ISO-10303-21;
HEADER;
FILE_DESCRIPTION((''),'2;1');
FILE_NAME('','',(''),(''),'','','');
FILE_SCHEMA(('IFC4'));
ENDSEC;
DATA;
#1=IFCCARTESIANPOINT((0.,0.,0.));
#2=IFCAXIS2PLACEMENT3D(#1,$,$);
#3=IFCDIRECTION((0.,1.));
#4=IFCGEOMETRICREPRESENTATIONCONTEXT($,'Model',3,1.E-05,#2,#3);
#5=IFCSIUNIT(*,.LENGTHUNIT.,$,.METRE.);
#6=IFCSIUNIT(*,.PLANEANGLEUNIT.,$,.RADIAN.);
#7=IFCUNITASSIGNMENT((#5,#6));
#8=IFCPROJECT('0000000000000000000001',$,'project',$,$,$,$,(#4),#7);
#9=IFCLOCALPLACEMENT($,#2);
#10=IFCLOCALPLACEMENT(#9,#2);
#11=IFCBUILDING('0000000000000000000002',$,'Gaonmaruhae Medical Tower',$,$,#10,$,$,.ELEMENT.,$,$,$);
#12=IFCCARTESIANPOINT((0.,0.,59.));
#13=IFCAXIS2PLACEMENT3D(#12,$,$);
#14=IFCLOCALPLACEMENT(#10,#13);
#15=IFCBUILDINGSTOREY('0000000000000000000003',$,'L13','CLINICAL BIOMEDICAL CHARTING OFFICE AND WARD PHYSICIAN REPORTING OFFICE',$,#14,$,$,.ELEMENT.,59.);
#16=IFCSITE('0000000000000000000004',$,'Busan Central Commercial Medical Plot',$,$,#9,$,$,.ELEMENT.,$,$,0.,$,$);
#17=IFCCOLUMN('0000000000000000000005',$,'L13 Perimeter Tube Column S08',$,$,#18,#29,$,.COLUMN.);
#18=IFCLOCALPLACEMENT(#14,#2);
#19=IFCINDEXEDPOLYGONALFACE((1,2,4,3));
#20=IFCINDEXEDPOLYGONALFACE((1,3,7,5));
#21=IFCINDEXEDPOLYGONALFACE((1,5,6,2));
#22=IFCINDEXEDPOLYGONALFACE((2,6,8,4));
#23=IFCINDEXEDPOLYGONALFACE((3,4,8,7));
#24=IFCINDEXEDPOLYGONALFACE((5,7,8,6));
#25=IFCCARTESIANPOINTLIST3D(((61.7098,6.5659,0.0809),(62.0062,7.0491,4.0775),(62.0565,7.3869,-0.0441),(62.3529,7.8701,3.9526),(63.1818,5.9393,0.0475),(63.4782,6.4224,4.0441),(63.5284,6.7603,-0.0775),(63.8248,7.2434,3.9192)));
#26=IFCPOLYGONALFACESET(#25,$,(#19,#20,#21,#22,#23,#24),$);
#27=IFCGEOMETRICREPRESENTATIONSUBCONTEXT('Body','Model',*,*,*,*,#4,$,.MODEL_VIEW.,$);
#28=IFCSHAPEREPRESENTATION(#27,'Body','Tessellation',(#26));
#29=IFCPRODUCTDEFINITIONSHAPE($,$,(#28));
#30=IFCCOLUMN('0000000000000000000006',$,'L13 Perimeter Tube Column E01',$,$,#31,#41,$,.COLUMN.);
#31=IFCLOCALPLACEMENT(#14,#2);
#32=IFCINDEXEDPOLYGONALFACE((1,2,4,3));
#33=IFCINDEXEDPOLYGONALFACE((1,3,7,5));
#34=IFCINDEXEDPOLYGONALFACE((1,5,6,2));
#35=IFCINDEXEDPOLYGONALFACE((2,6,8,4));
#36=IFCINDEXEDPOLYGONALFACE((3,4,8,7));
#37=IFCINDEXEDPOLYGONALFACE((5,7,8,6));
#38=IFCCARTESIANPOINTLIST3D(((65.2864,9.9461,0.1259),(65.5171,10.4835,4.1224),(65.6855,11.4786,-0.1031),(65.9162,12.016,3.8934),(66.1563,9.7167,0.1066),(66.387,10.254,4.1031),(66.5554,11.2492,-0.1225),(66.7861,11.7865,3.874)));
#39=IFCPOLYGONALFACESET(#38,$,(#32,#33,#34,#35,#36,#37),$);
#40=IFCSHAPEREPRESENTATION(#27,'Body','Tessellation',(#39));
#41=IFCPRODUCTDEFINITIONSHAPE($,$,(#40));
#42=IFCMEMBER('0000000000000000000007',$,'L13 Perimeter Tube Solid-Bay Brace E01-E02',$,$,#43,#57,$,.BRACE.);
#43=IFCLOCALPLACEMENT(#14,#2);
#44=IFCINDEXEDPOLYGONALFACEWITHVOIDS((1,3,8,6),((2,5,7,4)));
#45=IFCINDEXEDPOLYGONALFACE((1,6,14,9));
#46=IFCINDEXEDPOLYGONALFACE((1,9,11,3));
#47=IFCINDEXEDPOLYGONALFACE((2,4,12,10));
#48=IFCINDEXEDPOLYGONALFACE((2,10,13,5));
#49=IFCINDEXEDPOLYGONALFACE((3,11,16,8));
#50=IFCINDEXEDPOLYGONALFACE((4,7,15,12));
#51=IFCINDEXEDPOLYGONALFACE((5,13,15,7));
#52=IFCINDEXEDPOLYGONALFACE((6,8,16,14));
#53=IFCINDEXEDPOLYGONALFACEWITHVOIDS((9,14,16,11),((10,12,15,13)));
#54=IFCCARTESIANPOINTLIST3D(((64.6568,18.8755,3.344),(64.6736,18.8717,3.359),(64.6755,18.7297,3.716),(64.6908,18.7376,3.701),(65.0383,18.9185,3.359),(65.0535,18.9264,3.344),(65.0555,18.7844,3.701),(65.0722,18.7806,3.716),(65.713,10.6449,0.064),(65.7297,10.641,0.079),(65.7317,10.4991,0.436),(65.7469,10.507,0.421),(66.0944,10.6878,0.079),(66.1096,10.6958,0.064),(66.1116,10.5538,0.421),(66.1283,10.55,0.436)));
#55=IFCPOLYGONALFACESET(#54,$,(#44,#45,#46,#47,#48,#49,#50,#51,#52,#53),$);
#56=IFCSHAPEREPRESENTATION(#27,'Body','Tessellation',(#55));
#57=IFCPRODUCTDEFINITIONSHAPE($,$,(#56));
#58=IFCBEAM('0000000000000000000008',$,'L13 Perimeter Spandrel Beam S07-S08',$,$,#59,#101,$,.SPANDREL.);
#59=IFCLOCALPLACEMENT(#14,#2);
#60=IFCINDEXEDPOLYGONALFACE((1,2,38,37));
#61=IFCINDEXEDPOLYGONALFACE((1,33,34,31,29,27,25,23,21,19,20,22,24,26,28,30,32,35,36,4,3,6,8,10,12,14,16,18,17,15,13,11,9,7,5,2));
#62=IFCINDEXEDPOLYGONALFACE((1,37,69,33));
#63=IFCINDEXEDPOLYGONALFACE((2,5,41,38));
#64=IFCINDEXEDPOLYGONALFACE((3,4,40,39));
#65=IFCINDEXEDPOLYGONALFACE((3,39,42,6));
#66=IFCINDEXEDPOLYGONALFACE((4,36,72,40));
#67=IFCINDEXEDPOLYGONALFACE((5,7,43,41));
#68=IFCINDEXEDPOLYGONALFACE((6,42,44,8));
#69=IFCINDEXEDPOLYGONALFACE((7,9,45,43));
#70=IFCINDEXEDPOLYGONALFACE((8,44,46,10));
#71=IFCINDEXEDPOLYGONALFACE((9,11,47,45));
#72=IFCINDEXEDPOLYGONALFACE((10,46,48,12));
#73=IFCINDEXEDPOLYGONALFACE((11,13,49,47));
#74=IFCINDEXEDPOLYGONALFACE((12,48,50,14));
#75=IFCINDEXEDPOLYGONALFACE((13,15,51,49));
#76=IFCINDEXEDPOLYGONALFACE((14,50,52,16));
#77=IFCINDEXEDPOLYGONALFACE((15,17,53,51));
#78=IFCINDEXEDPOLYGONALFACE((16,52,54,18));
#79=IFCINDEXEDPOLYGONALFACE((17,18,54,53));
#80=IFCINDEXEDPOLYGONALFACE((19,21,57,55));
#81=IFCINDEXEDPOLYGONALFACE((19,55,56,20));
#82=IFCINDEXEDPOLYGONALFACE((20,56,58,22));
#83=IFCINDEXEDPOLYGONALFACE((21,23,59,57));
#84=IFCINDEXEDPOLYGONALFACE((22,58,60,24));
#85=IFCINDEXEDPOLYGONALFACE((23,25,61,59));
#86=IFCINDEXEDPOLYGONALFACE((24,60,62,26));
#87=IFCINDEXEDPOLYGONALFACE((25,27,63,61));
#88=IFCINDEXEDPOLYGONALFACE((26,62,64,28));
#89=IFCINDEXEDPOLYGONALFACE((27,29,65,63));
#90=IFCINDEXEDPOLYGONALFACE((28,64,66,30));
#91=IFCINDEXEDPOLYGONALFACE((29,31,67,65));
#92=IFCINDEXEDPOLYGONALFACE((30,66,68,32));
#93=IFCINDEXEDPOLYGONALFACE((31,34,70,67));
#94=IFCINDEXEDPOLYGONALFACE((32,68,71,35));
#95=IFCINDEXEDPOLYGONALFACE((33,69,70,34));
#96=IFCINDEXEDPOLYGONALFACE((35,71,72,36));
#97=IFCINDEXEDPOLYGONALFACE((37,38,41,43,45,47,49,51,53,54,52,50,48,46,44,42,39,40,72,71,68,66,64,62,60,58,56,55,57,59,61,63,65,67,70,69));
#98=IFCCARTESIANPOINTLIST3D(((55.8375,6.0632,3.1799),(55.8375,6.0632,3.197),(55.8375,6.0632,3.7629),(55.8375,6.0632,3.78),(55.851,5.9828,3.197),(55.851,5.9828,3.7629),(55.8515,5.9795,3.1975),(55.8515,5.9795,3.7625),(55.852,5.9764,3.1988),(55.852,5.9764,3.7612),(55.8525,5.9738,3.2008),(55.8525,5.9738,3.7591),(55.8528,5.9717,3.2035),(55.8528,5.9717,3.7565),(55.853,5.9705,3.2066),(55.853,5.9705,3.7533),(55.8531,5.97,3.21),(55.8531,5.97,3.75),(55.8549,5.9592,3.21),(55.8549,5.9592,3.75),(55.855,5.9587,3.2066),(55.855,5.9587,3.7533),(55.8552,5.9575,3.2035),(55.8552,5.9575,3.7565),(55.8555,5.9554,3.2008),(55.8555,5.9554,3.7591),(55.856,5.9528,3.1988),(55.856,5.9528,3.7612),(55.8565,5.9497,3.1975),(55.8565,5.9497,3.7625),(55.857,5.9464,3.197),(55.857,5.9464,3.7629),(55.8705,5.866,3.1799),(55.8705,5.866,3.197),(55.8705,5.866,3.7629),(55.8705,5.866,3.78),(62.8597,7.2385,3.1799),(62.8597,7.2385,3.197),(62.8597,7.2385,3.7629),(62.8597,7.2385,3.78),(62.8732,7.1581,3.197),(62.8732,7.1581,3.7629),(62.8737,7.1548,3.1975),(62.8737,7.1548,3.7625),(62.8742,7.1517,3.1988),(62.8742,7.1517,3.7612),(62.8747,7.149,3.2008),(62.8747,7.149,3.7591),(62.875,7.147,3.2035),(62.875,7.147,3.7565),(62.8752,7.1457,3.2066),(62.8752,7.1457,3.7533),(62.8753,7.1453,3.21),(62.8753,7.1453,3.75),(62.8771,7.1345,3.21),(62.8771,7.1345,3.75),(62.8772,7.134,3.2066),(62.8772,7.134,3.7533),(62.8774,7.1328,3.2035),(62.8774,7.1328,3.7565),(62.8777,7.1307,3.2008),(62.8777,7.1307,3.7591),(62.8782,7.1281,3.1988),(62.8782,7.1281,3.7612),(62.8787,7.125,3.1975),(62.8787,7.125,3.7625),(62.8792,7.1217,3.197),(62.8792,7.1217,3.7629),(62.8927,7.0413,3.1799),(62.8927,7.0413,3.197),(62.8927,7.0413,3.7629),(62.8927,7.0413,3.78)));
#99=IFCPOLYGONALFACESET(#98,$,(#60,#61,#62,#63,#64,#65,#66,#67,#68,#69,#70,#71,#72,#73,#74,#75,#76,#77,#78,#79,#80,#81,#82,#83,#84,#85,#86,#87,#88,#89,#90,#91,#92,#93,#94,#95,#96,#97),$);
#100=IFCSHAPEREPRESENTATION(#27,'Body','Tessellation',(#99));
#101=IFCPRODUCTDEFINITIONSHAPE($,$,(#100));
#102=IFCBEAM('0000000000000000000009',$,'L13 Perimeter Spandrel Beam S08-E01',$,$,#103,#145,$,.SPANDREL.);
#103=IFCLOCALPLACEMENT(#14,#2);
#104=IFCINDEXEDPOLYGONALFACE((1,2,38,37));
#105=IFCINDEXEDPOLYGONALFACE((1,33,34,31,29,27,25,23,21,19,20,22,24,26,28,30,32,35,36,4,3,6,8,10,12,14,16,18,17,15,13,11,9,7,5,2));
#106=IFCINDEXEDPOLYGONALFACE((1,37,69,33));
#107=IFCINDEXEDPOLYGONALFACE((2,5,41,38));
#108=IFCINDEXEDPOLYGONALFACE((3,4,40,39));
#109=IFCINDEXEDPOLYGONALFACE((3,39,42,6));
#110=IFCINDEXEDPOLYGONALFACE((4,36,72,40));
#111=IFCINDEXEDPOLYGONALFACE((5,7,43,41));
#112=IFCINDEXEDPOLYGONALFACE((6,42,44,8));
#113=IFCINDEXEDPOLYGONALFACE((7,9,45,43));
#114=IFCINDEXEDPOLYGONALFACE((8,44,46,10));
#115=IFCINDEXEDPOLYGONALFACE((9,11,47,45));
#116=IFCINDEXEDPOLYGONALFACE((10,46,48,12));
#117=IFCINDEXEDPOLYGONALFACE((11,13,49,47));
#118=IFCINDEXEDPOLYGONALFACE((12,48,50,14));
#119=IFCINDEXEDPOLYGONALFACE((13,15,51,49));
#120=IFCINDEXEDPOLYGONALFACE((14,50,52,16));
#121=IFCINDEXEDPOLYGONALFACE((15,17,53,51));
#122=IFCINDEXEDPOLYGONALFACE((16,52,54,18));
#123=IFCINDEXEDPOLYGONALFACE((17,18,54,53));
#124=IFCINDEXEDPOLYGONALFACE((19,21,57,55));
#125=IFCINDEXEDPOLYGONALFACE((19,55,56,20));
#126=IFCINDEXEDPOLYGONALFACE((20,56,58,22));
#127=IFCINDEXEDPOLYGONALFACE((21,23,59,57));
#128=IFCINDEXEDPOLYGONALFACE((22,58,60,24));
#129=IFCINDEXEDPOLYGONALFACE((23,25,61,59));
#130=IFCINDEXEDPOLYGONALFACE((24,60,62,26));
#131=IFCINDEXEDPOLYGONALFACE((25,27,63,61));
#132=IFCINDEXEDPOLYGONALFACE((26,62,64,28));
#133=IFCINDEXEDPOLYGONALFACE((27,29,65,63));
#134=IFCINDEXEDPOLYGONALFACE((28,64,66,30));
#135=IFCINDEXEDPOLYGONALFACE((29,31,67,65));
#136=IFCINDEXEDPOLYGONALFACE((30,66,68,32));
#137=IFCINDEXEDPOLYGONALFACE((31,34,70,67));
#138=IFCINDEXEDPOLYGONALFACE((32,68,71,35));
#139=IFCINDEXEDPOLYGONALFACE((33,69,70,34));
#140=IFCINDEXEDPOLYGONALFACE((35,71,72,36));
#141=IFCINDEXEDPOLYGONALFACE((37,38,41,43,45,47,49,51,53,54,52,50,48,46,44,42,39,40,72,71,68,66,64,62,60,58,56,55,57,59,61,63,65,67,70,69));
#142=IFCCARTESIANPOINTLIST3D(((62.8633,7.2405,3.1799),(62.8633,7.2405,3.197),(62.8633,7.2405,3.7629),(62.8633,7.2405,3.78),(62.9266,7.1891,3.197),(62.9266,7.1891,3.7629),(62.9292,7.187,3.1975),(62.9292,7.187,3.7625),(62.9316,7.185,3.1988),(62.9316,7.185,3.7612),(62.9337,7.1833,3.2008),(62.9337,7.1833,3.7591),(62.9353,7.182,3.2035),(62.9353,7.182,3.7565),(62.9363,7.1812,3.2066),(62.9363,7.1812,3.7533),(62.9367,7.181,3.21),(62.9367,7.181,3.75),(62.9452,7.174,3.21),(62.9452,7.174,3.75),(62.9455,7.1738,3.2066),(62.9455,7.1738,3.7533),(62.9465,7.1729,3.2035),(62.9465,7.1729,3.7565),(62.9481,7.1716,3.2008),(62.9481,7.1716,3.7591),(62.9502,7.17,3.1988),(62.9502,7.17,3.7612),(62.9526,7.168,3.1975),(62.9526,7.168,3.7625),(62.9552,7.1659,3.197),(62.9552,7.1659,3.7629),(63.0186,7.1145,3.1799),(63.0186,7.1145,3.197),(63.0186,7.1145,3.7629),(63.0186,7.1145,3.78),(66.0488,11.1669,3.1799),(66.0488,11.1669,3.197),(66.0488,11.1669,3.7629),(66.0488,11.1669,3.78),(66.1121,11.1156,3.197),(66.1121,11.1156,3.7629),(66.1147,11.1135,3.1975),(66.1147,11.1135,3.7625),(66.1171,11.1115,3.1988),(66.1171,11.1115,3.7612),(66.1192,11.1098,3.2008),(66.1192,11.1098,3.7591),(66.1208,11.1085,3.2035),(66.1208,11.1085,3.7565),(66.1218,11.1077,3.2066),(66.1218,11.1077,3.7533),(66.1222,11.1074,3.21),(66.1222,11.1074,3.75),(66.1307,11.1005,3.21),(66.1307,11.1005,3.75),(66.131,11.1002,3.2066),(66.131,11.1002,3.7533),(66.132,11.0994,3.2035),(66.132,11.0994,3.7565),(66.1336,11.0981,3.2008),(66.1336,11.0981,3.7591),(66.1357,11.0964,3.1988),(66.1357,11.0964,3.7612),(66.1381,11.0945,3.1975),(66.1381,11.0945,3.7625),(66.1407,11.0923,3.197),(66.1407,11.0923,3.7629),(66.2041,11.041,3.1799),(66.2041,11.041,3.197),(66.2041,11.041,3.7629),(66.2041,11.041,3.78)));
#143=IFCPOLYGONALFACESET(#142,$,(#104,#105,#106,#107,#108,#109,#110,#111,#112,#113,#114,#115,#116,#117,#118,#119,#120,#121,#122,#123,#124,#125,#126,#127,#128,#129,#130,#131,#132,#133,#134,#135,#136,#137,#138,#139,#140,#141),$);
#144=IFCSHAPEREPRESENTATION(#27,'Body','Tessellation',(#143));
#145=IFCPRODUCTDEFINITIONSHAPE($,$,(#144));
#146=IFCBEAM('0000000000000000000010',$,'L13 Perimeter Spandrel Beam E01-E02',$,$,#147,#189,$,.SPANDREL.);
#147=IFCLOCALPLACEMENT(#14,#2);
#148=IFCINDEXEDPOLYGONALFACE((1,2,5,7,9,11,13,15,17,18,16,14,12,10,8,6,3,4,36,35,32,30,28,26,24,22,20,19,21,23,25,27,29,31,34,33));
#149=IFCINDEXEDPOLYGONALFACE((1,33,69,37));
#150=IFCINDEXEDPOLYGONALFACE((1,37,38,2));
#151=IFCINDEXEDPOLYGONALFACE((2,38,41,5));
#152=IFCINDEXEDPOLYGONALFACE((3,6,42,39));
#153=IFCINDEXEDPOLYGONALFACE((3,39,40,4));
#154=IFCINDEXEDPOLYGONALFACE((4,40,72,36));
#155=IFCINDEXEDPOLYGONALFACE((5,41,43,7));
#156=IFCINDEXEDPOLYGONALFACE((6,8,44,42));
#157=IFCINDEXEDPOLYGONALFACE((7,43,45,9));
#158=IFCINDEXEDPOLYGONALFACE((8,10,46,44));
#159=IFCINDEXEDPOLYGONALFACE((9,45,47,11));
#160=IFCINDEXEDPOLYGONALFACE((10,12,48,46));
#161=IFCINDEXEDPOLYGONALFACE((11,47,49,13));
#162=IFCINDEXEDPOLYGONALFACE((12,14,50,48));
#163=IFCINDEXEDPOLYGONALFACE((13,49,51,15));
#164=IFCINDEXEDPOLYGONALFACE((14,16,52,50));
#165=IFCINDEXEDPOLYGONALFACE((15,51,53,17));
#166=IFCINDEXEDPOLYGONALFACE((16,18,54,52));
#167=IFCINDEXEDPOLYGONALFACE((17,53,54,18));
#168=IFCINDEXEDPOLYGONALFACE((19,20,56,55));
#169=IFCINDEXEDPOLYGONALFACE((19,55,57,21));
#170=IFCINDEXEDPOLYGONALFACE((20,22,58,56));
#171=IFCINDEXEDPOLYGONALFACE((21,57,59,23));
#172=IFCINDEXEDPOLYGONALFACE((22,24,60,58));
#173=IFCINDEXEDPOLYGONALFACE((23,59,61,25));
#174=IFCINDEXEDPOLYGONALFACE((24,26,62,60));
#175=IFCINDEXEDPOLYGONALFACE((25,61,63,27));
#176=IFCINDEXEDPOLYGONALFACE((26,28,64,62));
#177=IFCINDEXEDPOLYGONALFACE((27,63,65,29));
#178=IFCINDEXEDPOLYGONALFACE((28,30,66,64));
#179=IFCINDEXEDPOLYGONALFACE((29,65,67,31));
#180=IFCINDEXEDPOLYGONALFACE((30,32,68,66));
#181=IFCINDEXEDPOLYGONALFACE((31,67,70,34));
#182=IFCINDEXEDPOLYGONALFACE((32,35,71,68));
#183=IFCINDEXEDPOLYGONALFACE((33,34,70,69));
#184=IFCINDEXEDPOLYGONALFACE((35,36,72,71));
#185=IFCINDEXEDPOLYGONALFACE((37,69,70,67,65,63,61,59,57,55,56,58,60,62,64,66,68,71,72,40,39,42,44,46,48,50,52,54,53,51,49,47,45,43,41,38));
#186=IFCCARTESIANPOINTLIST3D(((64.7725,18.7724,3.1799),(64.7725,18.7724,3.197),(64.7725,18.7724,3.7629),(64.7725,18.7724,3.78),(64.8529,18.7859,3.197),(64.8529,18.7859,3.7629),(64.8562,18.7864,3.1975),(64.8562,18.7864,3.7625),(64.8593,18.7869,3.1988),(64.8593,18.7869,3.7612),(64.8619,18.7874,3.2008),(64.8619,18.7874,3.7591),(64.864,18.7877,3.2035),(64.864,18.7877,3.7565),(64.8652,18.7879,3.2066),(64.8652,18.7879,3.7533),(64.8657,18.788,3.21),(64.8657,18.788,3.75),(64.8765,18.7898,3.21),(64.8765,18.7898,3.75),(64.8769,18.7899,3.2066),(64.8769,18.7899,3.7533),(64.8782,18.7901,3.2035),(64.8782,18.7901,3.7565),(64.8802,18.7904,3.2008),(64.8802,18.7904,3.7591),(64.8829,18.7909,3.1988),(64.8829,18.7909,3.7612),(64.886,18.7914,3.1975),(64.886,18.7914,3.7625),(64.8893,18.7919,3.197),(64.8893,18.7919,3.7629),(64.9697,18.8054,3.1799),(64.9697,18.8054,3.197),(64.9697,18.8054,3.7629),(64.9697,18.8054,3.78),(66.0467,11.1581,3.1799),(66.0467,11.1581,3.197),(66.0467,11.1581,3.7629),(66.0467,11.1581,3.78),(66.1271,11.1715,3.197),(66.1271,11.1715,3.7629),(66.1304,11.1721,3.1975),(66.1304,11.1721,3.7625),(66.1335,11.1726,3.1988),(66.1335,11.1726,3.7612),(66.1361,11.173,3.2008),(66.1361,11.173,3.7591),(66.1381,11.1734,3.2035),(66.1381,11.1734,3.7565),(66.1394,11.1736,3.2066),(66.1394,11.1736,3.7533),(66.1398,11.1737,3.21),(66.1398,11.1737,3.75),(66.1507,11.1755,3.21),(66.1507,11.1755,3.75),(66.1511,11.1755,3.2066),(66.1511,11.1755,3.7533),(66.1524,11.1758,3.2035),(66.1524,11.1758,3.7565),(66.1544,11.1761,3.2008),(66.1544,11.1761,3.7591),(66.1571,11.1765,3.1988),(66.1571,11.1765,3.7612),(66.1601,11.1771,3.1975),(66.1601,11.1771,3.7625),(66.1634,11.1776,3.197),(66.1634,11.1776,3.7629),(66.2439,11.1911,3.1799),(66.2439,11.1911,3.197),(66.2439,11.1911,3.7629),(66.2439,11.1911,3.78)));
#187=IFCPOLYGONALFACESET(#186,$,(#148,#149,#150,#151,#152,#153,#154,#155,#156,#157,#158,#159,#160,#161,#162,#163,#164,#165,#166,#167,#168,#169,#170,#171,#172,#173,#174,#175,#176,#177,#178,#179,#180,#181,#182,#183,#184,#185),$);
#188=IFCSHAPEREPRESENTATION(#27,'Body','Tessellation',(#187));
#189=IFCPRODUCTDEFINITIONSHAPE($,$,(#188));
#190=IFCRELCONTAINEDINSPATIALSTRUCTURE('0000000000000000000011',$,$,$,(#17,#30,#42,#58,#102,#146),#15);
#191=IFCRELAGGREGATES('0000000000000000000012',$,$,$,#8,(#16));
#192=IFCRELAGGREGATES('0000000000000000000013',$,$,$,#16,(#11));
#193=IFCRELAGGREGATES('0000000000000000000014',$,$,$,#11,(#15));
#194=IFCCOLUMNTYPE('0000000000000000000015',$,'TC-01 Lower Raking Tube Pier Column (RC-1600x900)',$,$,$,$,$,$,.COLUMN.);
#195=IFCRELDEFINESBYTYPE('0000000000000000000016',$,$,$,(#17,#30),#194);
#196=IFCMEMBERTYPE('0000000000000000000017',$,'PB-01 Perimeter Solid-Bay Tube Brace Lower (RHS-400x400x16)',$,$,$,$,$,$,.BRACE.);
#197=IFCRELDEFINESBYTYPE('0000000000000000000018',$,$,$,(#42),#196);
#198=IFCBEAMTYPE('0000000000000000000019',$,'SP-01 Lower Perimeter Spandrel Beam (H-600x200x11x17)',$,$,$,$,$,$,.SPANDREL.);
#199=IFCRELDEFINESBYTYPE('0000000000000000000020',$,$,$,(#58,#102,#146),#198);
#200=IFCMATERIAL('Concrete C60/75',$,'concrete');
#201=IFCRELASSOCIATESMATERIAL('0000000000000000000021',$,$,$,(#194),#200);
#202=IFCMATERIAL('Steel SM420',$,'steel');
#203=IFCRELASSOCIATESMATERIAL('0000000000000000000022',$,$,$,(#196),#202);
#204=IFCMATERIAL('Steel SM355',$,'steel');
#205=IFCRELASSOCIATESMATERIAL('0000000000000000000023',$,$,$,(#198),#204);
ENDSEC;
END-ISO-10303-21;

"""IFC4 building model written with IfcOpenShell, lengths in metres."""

from ifc_helpers import new_model, si_unit, direction, frame, origin, origin_2d, place, context, subcontext, project, spatial, rectangle, hollow_rectangle, i_section, extrude, material, material_profile, profile_set, type_object, element, save


model = new_model("IFC4")

# Units and contexts
model_context = context("Model", 3, precision=1e-05, world=origin(), true_north=direction((0.0, 1.0)))
body_context = subcontext(model_context, "Body", "Model", "MODEL_VIEW")
ifc_project = project(units=[si_unit("LENGTHUNIT", "METRE"), si_unit("PLANEANGLEUNIT", "RADIAN")], contexts=[model_context])

# Site, building, storey
site_placement = place(None, origin())
site = spatial("IfcSite", under=ifc_project, at=site_placement, Name="Busan Central Commercial Medical Plot", CompositionType="ELEMENT", RefElevation=0.0)
building_placement = place(site_placement, origin())
building = spatial("IfcBuilding", under=site, at=building_placement, Name="Gaonmaruhae Medical Tower", CompositionType="ELEMENT")
storey_placement = place(building_placement, frame((0.0, 0.0, 59.0)))
storey = spatial("IfcBuildingStorey", under=building, at=storey_placement, Name="L13", Description="CLINICAL BIOMEDICAL CHARTING OFFICE AND WARD PHYSICIAN REPORTING OFFICE", CompositionType="ELEMENT", Elevation=59.0)

# Columns
ifc_material_1 = material(Name="Concrete C60/75", Category="concrete")
ifc_material_profile_1 = material_profile(ifc_material_1, rectangle(XDim=1.6001, YDim=0.8999, at=origin_2d()), Name="RC-1600x900")
ifc_profile_set_1 = profile_set([ifc_material_profile_1], Name="Concrete C60/75")
column_type = type_object("IfcColumnType", Name="TC-01 Lower Raking Tube Pier Column (RC-1600x900)", PredefinedType="COLUMN", material=ifc_profile_set_1)
column_1_placement = place(storey_placement, frame((62.6191, 6.6631, 0.0017), z_axis=(0.073425, 0.119694, 0.990092), x_axis=(-0.919894, 0.391612, 0.020877)))
element("IfcColumn", 1, at=column_1_placement, inside=storey, type_object=column_type, Name="L13 Perimeter Tube Column S08", PredefinedType="COLUMN", context=body_context, shape_type="SweptSolid", body=[
    extrude(rectangle(XDim=1.6001, YDim=0.8999, at=origin_2d()), origin(), (0.0, 0.0, 1.0), 4.0366),
])
column_2_placement = place(storey_placement, frame((65.9209, 10.5977, 0.0017), z_axis=(0.057119, 0.133037, 0.989464), x_axis=(-0.249416, -0.957755, 0.143171)))
element("IfcColumn", 2, at=column_2_placement, inside=storey, type_object=column_type, Name="L13 Perimeter Tube Column E01", PredefinedType="COLUMN", context=body_context, shape_type="SweptSolid", body=[
    extrude(rectangle(XDim=1.6001, YDim=0.8999, at=origin_2d()), origin(), (0.0, 0.0, 1.0), 4.0391),
])

# Member
ifc_material_2 = material(Name="Steel SM420", Category="steel")
ifc_material_profile_2 = material_profile(ifc_material_2, hollow_rectangle(XDim=0.3999, YDim=0.3999, WallThickness=0.0161, at=origin_2d()), Name="RHS-400x400x16")
ifc_profile_set_2 = profile_set([ifc_material_profile_2], Name="Steel SM420")
member_type = type_object("IfcMemberType", Name="PB-01 Perimeter Solid-Bay Tube Brace Lower (RHS-400x400x16)", PredefinedType="BRACE", material=ifc_profile_set_2)
member_placement = place(storey_placement, frame((65.9207, 10.5974, 0.25), z_axis=(-0.118364, 0.922423, 0.367596), x_axis=(-0.991867, -0.127275, 0.0)))
element("IfcMember", 3, at=member_placement, inside=storey, type_object=member_type, Name="L13 Perimeter Tube Solid-Bay Brace E01-E02", PredefinedType="BRACE", context=body_context, shape_type="SweptSolid", body=[
    extrude(hollow_rectangle(XDim=0.3999, YDim=0.3999, WallThickness=0.0161, at=origin_2d()), origin(), (0.0, 0.0, 1.0), 8.9229),
])

# Beams
ifc_material_3 = material(Name="Steel SM355", Category="steel")
ifc_material_profile_3 = material_profile(ifc_material_3, i_section(OverallWidth=0.2, OverallDepth=0.6001, WebThickness=0.011, FlangeThickness=0.0171, FilletRadius=0.0129, at=origin_2d()), Name="H-600x200x11x17")
ifc_profile_set_3 = profile_set([ifc_material_profile_3], Name="Steel SM355")
beam_type = type_object("IfcBeamType", Name="SP-01 Lower Perimeter Spandrel Beam (H-600x200x11x17)", PredefinedType="SPANDREL", material=ifc_profile_set_3)
beam_1_placement = place(storey_placement, frame((55.854, 5.9646, 3.48), z_axis=(0.986282, 0.165072, 0.0), x_axis=(-0.165072, 0.986282, 0.0)))
element("IfcBeam", 4, at=beam_1_placement, inside=storey, type_object=beam_type, Name="L13 Perimeter Spandrel Beam S07-S08", PredefinedType="SPANDREL", context=body_context, shape_type="SweptSolid", body=[
    extrude(i_section(OverallWidth=0.2, OverallDepth=0.6001, WebThickness=0.011, FlangeThickness=0.0171, FilletRadius=0.0129, at=origin_2d()), origin(), (0.0, 0.0, 1.0), 7.1199),
])
beam_2_placement = place(storey_placement, frame((62.9409, 7.1775, 3.48), z_axis=(0.630027, 0.776573, 0.0), x_axis=(-0.776573, 0.630027, 0.0)))
element("IfcBeam", 5, at=beam_2_placement, inside=storey, type_object=beam_type, Name="L13 Perimeter Spandrel Beam S08-E01", PredefinedType="SPANDREL", context=body_context, shape_type="SweptSolid", body=[
    extrude(i_section(OverallWidth=0.2, OverallDepth=0.6001, WebThickness=0.011, FlangeThickness=0.0171, FilletRadius=0.0129, at=origin_2d()), origin(), (0.0, 0.0, 1.0), 5.0562),
])
beam_3_placement = place(storey_placement, frame((66.1453, 11.1746, 3.48), z_axis=(-0.165045, 0.986286, 0.0), x_axis=(-0.986286, -0.165045, 0.0)))
element("IfcBeam", 6, at=beam_3_placement, inside=storey, type_object=beam_type, Name="L13 Perimeter Spandrel Beam E01-E02", PredefinedType="SPANDREL", context=body_context, shape_type="SweptSolid", body=[
    extrude(i_section(OverallWidth=0.2, OverallDepth=0.6001, WebThickness=0.011, FlangeThickness=0.0171, FilletRadius=0.0129, at=origin_2d()), origin(), (0.0, 0.0, 1.0), 7.7202),
])

save(model, "model.ifc")
